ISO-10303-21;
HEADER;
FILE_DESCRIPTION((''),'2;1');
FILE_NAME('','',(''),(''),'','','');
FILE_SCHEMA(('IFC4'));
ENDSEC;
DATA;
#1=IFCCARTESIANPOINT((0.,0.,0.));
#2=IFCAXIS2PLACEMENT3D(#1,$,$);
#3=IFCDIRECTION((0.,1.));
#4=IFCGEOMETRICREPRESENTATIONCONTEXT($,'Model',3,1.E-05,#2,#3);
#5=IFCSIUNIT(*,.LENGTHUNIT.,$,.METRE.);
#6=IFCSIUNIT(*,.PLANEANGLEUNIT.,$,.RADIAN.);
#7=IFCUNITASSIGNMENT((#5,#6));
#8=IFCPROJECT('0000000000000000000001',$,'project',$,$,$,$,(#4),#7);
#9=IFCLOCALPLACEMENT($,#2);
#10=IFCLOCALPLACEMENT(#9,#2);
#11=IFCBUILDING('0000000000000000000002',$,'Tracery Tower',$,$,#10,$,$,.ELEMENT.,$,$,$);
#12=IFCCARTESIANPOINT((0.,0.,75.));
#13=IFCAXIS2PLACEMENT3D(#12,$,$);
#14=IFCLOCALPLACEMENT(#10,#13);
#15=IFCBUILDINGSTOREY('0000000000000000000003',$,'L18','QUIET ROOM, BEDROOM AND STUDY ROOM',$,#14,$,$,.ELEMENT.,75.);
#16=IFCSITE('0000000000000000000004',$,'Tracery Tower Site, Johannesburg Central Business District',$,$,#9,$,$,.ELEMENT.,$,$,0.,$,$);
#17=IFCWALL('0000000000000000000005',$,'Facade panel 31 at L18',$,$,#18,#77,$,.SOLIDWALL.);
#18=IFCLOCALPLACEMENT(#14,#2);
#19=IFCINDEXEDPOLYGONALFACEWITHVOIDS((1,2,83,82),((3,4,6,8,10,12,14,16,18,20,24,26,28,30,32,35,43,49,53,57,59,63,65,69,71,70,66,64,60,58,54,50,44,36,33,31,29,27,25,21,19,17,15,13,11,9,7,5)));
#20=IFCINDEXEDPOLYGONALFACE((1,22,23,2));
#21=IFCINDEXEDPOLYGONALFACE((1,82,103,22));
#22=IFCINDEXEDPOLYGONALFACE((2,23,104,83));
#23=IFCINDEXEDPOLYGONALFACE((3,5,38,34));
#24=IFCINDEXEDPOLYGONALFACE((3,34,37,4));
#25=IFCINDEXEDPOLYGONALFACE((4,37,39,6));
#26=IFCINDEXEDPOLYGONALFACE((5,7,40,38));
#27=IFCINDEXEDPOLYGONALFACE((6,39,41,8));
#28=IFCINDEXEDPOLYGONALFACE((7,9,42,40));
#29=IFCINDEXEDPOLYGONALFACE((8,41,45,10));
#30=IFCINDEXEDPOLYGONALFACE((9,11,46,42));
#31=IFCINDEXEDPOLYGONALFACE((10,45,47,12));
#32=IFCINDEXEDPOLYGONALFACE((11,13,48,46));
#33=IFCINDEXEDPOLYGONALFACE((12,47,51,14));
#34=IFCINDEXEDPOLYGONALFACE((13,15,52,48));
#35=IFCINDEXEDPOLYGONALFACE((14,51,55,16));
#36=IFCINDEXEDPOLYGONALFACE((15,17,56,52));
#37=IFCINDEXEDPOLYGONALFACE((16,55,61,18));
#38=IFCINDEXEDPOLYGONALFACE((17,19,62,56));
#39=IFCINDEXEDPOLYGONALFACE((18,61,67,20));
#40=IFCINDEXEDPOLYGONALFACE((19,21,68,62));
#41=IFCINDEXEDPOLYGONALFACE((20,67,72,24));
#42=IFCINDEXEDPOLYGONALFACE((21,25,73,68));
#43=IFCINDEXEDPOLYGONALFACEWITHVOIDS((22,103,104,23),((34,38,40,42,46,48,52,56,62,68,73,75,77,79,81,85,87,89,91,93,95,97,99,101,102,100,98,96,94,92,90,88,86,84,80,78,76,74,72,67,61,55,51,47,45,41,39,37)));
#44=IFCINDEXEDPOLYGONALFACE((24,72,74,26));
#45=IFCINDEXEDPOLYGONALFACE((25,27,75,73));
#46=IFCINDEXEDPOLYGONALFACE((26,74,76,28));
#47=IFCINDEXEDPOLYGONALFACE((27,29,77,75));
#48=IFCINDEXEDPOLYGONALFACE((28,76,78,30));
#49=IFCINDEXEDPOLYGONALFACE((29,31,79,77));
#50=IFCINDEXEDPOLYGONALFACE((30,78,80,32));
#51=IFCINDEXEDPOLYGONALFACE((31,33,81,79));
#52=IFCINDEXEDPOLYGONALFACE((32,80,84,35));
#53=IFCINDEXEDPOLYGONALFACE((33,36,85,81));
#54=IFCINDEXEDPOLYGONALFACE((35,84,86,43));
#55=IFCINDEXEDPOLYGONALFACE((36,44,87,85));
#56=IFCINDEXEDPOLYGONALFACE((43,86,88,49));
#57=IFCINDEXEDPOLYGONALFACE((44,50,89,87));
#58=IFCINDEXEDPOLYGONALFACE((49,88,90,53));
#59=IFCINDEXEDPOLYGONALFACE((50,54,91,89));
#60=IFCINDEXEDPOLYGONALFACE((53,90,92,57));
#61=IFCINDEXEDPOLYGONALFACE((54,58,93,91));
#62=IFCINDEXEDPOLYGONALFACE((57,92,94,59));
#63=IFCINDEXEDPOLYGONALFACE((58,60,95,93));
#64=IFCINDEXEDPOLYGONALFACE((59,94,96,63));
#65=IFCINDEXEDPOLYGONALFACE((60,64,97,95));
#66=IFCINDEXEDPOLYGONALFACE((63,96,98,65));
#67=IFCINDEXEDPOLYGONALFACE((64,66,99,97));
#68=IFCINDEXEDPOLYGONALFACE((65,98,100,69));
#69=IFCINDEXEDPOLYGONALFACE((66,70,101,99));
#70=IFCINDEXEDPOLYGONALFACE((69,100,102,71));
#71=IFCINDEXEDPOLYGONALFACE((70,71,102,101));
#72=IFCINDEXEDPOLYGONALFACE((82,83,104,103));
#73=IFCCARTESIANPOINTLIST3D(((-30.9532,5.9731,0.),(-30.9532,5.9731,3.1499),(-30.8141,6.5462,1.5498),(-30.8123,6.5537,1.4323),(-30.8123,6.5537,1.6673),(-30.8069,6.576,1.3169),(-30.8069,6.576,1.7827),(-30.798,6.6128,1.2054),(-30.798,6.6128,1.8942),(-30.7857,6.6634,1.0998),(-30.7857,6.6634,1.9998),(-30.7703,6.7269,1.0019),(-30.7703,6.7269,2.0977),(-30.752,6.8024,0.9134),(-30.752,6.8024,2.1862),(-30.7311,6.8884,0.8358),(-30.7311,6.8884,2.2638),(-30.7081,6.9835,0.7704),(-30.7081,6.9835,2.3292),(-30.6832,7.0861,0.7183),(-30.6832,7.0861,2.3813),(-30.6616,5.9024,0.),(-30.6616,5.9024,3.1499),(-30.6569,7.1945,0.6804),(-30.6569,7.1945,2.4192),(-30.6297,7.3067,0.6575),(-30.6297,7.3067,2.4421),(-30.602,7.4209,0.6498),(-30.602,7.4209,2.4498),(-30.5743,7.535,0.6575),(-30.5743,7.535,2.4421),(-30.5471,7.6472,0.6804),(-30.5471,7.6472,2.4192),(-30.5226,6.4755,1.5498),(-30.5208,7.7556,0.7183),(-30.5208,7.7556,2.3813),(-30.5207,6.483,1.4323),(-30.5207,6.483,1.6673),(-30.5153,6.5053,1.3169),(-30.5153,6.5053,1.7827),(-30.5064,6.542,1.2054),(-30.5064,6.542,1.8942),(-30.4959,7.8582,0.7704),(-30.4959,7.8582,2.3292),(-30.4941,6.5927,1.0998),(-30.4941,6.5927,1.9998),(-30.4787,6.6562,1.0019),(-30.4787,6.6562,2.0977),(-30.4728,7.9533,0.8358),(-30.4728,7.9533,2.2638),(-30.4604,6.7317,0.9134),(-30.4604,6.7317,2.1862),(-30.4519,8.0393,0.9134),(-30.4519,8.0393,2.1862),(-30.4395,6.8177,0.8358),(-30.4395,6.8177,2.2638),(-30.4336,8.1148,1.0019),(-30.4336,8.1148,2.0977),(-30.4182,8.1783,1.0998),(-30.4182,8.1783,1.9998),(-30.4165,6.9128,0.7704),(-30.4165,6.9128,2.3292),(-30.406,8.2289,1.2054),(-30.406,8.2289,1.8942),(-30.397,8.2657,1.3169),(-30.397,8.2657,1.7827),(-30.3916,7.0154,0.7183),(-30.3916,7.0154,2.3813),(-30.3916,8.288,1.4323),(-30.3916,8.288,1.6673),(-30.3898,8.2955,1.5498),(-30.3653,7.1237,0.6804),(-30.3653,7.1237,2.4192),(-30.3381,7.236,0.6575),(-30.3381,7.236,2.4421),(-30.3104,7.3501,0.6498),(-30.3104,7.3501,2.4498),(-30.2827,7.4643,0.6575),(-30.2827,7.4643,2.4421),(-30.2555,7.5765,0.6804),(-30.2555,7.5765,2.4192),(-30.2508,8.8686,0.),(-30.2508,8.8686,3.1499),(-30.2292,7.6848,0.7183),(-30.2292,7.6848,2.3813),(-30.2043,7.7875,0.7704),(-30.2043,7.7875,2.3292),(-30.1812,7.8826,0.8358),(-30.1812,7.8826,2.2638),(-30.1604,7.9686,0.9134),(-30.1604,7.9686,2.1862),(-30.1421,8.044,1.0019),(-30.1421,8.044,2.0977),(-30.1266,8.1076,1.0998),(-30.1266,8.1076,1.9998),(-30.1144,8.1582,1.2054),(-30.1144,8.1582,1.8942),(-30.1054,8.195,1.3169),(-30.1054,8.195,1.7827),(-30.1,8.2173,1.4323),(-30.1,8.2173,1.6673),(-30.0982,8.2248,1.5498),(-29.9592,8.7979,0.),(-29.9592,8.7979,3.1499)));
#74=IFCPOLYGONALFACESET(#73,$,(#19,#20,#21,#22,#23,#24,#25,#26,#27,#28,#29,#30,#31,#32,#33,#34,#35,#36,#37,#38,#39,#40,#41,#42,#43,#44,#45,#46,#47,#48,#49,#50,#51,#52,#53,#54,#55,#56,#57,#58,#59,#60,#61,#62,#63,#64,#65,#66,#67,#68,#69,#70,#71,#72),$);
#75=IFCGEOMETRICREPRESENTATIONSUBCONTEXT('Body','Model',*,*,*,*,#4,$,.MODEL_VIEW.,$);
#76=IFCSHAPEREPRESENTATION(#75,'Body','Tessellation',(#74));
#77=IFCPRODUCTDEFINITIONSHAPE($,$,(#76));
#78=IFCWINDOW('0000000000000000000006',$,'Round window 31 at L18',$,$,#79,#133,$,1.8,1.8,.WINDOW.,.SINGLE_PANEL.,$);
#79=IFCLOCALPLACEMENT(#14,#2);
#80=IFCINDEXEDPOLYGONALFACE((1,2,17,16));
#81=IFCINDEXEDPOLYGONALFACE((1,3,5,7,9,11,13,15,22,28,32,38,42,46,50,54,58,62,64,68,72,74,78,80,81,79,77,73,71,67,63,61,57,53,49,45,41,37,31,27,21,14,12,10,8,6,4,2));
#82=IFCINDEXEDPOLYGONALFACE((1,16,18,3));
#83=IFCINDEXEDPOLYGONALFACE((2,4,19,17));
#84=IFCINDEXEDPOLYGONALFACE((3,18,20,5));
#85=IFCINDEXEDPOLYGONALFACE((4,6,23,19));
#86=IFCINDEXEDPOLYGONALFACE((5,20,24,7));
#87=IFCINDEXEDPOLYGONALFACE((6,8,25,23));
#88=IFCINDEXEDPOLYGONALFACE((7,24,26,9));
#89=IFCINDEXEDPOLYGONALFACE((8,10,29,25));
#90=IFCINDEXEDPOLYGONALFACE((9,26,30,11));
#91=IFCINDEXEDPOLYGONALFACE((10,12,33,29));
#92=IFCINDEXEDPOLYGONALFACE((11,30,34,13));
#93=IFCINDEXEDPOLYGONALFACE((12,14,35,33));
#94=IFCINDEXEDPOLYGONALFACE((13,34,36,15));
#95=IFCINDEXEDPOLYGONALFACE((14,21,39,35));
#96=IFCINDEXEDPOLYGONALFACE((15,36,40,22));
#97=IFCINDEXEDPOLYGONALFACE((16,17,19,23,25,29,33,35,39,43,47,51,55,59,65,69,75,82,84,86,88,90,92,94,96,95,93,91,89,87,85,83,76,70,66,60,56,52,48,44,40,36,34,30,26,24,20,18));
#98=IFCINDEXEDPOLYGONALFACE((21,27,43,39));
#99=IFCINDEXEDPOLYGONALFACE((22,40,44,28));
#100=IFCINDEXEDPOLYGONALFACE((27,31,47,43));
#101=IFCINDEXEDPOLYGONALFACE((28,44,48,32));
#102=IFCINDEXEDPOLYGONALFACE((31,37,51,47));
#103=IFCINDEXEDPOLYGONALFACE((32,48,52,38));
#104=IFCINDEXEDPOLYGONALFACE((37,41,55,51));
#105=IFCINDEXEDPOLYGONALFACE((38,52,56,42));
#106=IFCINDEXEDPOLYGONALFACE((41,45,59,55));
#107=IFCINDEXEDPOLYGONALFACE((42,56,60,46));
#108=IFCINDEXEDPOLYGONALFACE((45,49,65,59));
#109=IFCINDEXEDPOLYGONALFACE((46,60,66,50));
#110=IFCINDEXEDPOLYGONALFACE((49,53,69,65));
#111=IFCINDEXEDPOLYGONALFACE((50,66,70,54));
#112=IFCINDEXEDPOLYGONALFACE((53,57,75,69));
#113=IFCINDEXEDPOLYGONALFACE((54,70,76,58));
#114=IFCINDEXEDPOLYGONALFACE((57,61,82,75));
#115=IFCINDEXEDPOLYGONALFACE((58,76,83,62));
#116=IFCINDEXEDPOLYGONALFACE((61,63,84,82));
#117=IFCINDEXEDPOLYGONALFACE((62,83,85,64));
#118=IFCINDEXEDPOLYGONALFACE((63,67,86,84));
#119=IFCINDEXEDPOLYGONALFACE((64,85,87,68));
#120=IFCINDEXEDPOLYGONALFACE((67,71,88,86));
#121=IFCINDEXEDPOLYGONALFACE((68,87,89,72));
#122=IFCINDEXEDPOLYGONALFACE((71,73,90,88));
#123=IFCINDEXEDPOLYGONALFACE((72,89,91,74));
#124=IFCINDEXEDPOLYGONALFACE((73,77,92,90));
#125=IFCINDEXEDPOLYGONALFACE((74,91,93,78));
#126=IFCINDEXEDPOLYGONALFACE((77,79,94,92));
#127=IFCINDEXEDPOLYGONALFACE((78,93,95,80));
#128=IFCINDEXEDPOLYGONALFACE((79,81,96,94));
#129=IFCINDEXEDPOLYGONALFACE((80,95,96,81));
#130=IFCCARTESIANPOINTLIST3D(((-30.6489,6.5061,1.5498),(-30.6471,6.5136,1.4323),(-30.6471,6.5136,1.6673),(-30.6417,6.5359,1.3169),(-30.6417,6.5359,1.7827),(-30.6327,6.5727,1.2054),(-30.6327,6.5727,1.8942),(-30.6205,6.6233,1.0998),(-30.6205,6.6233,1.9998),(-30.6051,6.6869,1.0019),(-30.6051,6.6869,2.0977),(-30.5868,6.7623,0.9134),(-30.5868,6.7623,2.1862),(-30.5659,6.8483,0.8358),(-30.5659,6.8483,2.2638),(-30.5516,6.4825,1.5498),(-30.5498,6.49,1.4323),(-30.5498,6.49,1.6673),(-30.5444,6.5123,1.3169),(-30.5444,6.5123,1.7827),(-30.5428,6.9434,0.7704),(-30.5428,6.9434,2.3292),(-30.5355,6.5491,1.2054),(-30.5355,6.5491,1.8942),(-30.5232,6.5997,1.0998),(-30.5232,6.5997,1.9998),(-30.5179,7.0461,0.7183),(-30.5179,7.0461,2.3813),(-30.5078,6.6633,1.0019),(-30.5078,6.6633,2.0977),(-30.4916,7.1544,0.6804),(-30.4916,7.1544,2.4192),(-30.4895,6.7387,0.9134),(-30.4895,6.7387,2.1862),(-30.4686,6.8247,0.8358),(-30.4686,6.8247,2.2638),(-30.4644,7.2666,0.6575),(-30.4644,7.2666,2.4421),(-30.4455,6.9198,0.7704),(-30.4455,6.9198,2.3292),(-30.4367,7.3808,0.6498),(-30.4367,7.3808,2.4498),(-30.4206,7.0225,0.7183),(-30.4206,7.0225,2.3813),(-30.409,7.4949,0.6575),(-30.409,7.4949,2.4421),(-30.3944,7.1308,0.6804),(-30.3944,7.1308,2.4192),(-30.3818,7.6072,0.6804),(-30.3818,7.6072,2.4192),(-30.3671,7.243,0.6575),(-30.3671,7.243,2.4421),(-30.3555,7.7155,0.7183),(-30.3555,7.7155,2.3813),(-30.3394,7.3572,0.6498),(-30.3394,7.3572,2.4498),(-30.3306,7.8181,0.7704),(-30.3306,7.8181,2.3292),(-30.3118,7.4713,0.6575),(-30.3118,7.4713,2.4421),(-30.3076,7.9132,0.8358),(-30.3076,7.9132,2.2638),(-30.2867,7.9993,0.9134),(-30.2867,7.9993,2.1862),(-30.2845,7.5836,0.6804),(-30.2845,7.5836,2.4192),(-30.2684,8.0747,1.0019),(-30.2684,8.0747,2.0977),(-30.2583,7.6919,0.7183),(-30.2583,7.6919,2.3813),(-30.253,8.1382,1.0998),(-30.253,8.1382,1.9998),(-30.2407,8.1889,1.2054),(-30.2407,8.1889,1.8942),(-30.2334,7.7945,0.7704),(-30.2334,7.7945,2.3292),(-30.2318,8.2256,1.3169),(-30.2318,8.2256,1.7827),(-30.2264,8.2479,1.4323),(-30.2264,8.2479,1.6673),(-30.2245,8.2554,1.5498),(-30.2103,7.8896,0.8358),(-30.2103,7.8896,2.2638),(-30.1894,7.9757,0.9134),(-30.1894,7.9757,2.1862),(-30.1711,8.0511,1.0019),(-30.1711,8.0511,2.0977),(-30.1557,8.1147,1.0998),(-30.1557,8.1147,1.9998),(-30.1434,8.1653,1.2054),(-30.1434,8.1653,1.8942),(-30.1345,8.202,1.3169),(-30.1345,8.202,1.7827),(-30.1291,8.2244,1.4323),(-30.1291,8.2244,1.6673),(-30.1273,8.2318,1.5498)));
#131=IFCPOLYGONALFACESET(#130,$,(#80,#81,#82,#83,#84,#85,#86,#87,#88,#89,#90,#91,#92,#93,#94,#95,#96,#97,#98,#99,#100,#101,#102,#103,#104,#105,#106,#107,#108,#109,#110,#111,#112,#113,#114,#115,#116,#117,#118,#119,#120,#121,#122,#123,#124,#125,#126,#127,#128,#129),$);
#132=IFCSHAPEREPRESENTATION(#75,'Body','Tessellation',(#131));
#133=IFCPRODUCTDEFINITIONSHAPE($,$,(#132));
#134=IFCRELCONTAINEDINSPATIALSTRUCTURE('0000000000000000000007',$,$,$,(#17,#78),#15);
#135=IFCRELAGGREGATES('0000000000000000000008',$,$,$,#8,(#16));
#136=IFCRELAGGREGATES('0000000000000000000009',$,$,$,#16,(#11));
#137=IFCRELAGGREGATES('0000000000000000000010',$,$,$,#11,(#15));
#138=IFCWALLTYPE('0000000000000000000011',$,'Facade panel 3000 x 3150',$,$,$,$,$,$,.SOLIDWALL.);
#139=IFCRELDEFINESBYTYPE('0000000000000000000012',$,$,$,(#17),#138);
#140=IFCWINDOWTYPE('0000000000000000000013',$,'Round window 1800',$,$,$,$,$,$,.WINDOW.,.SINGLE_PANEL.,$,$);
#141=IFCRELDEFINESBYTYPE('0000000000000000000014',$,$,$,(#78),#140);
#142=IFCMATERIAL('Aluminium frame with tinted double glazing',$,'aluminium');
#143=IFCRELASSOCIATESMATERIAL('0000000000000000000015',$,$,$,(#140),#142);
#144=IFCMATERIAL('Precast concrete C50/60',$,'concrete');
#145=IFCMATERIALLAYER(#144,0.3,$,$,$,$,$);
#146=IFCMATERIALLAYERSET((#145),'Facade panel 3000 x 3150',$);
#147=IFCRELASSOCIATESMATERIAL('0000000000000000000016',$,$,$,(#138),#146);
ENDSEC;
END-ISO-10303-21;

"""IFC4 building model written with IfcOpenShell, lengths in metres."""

from ifc_helpers import new_model, si_unit, direction, frame, frame_2d, origin, origin_2d, place, context, subcontext, project, spatial, rectangle, circle, extrude, material, layer, layer_set, type_object, element, fill, save


model = new_model("IFC4")

# Units and contexts
model_context = context("Model", 3, precision=1e-05, world=origin(), true_north=direction((0.0, 1.0)))
body_context = subcontext(model_context, "Body", "Model", "MODEL_VIEW")
ifc_project = project(units=[si_unit("LENGTHUNIT", "METRE"), si_unit("PLANEANGLEUNIT", "RADIAN")], contexts=[model_context])

# Site, building, storey
site_placement = place(None, origin())
site = spatial("IfcSite", under=ifc_project, at=site_placement, Name="Tracery Tower Site, Johannesburg Central Business District", CompositionType="ELEMENT", RefElevation=0.0)
building_placement = place(site_placement, origin())
building = spatial("IfcBuilding", under=site, at=building_placement, Name="Tracery Tower", CompositionType="ELEMENT")
storey_placement = place(building_placement, frame((0.0, 0.0, 75.0)))
storey = spatial("IfcBuildingStorey", under=building, at=storey_placement, Name="L18", Description="QUIET ROOM, BEDROOM AND STUDY ROOM", CompositionType="ELEMENT", Elevation=75.0)

# Wall, opening, window
ifc_material_1 = material(Name="Aluminium frame with tinted double glazing", Category="aluminium")
window_type = type_object("IfcWindowType", Name="Round window 1800", PartitioningType="SINGLE_PANEL", PredefinedType="WINDOW", material=ifc_material_1)
ifc_material_2 = material(Name="Precast concrete C50/60", Category="concrete")
ifc_layer_1 = layer(ifc_material_2, 0.3)
ifc_layer_set_1 = layer_set([ifc_layer_1], Name="Facade panel 3000 x 3150")
wall_type_1 = type_object("IfcWallType", Name="Facade panel 3000 x 3150", PredefinedType="SOLIDWALL", material=ifc_layer_set_1)
wall_1_placement = place(storey_placement, frame((-30.105, 8.8333, 0.0), z_axis=(0.0, 0.0, 1.0), x_axis=(-0.235743, -0.971815, 0.0)))
wall_1 = element("IfcWall", 1, at=wall_1_placement, inside=storey, type_object=wall_type_1, Name="Facade panel 31 at L18", PredefinedType="SOLIDWALL", context=body_context, shape_type="SweptSolid", body=[
    extrude(rectangle(XDim=2.9795, YDim=0.3, at=frame_2d((1.4897, 0.0))), origin(), (0.0, 0.0, 1.0), 3.1499),
])
opening_1_placement = place(wall_1_placement, frame((1.4897, 0.0, 1.5498)))
opening_1 = element("IfcOpeningElement", 2, at=opening_1_placement, cuts=wall_1, PredefinedType="OPENING", context=body_context, shape_type="SweptSolid", body=[
    extrude(circle(Radius=0.9, at=origin_2d()), frame((0.0, 0.1599, 0.0), z_axis=(0.0, -1.0, 0.0), x_axis=(1.0, 0.0, 0.0)), (0.0, 0.0, 1.0), 0.3201),
])
window_1_placement = place(opening_1_placement, origin())
window_1 = element("IfcWindow", 3, at=window_1_placement, inside=storey, type_object=window_type, Name="Round window 31 at L18", OverallHeight=1.8, OverallWidth=1.8, PartitioningType="SINGLE_PANEL", PredefinedType="WINDOW", context=body_context, shape_type="SweptSolid", body=[
    extrude(circle(Radius=0.9, at=origin_2d()), frame((0.0, 0.1201, 0.0), z_axis=(0.0, -1.0, 0.0), x_axis=(1.0, 0.0, 0.0)), (0.0, 0.0, 1.0), 0.1001),
])
fill(opening_1, window_1)

save(model, "model.ifc")
